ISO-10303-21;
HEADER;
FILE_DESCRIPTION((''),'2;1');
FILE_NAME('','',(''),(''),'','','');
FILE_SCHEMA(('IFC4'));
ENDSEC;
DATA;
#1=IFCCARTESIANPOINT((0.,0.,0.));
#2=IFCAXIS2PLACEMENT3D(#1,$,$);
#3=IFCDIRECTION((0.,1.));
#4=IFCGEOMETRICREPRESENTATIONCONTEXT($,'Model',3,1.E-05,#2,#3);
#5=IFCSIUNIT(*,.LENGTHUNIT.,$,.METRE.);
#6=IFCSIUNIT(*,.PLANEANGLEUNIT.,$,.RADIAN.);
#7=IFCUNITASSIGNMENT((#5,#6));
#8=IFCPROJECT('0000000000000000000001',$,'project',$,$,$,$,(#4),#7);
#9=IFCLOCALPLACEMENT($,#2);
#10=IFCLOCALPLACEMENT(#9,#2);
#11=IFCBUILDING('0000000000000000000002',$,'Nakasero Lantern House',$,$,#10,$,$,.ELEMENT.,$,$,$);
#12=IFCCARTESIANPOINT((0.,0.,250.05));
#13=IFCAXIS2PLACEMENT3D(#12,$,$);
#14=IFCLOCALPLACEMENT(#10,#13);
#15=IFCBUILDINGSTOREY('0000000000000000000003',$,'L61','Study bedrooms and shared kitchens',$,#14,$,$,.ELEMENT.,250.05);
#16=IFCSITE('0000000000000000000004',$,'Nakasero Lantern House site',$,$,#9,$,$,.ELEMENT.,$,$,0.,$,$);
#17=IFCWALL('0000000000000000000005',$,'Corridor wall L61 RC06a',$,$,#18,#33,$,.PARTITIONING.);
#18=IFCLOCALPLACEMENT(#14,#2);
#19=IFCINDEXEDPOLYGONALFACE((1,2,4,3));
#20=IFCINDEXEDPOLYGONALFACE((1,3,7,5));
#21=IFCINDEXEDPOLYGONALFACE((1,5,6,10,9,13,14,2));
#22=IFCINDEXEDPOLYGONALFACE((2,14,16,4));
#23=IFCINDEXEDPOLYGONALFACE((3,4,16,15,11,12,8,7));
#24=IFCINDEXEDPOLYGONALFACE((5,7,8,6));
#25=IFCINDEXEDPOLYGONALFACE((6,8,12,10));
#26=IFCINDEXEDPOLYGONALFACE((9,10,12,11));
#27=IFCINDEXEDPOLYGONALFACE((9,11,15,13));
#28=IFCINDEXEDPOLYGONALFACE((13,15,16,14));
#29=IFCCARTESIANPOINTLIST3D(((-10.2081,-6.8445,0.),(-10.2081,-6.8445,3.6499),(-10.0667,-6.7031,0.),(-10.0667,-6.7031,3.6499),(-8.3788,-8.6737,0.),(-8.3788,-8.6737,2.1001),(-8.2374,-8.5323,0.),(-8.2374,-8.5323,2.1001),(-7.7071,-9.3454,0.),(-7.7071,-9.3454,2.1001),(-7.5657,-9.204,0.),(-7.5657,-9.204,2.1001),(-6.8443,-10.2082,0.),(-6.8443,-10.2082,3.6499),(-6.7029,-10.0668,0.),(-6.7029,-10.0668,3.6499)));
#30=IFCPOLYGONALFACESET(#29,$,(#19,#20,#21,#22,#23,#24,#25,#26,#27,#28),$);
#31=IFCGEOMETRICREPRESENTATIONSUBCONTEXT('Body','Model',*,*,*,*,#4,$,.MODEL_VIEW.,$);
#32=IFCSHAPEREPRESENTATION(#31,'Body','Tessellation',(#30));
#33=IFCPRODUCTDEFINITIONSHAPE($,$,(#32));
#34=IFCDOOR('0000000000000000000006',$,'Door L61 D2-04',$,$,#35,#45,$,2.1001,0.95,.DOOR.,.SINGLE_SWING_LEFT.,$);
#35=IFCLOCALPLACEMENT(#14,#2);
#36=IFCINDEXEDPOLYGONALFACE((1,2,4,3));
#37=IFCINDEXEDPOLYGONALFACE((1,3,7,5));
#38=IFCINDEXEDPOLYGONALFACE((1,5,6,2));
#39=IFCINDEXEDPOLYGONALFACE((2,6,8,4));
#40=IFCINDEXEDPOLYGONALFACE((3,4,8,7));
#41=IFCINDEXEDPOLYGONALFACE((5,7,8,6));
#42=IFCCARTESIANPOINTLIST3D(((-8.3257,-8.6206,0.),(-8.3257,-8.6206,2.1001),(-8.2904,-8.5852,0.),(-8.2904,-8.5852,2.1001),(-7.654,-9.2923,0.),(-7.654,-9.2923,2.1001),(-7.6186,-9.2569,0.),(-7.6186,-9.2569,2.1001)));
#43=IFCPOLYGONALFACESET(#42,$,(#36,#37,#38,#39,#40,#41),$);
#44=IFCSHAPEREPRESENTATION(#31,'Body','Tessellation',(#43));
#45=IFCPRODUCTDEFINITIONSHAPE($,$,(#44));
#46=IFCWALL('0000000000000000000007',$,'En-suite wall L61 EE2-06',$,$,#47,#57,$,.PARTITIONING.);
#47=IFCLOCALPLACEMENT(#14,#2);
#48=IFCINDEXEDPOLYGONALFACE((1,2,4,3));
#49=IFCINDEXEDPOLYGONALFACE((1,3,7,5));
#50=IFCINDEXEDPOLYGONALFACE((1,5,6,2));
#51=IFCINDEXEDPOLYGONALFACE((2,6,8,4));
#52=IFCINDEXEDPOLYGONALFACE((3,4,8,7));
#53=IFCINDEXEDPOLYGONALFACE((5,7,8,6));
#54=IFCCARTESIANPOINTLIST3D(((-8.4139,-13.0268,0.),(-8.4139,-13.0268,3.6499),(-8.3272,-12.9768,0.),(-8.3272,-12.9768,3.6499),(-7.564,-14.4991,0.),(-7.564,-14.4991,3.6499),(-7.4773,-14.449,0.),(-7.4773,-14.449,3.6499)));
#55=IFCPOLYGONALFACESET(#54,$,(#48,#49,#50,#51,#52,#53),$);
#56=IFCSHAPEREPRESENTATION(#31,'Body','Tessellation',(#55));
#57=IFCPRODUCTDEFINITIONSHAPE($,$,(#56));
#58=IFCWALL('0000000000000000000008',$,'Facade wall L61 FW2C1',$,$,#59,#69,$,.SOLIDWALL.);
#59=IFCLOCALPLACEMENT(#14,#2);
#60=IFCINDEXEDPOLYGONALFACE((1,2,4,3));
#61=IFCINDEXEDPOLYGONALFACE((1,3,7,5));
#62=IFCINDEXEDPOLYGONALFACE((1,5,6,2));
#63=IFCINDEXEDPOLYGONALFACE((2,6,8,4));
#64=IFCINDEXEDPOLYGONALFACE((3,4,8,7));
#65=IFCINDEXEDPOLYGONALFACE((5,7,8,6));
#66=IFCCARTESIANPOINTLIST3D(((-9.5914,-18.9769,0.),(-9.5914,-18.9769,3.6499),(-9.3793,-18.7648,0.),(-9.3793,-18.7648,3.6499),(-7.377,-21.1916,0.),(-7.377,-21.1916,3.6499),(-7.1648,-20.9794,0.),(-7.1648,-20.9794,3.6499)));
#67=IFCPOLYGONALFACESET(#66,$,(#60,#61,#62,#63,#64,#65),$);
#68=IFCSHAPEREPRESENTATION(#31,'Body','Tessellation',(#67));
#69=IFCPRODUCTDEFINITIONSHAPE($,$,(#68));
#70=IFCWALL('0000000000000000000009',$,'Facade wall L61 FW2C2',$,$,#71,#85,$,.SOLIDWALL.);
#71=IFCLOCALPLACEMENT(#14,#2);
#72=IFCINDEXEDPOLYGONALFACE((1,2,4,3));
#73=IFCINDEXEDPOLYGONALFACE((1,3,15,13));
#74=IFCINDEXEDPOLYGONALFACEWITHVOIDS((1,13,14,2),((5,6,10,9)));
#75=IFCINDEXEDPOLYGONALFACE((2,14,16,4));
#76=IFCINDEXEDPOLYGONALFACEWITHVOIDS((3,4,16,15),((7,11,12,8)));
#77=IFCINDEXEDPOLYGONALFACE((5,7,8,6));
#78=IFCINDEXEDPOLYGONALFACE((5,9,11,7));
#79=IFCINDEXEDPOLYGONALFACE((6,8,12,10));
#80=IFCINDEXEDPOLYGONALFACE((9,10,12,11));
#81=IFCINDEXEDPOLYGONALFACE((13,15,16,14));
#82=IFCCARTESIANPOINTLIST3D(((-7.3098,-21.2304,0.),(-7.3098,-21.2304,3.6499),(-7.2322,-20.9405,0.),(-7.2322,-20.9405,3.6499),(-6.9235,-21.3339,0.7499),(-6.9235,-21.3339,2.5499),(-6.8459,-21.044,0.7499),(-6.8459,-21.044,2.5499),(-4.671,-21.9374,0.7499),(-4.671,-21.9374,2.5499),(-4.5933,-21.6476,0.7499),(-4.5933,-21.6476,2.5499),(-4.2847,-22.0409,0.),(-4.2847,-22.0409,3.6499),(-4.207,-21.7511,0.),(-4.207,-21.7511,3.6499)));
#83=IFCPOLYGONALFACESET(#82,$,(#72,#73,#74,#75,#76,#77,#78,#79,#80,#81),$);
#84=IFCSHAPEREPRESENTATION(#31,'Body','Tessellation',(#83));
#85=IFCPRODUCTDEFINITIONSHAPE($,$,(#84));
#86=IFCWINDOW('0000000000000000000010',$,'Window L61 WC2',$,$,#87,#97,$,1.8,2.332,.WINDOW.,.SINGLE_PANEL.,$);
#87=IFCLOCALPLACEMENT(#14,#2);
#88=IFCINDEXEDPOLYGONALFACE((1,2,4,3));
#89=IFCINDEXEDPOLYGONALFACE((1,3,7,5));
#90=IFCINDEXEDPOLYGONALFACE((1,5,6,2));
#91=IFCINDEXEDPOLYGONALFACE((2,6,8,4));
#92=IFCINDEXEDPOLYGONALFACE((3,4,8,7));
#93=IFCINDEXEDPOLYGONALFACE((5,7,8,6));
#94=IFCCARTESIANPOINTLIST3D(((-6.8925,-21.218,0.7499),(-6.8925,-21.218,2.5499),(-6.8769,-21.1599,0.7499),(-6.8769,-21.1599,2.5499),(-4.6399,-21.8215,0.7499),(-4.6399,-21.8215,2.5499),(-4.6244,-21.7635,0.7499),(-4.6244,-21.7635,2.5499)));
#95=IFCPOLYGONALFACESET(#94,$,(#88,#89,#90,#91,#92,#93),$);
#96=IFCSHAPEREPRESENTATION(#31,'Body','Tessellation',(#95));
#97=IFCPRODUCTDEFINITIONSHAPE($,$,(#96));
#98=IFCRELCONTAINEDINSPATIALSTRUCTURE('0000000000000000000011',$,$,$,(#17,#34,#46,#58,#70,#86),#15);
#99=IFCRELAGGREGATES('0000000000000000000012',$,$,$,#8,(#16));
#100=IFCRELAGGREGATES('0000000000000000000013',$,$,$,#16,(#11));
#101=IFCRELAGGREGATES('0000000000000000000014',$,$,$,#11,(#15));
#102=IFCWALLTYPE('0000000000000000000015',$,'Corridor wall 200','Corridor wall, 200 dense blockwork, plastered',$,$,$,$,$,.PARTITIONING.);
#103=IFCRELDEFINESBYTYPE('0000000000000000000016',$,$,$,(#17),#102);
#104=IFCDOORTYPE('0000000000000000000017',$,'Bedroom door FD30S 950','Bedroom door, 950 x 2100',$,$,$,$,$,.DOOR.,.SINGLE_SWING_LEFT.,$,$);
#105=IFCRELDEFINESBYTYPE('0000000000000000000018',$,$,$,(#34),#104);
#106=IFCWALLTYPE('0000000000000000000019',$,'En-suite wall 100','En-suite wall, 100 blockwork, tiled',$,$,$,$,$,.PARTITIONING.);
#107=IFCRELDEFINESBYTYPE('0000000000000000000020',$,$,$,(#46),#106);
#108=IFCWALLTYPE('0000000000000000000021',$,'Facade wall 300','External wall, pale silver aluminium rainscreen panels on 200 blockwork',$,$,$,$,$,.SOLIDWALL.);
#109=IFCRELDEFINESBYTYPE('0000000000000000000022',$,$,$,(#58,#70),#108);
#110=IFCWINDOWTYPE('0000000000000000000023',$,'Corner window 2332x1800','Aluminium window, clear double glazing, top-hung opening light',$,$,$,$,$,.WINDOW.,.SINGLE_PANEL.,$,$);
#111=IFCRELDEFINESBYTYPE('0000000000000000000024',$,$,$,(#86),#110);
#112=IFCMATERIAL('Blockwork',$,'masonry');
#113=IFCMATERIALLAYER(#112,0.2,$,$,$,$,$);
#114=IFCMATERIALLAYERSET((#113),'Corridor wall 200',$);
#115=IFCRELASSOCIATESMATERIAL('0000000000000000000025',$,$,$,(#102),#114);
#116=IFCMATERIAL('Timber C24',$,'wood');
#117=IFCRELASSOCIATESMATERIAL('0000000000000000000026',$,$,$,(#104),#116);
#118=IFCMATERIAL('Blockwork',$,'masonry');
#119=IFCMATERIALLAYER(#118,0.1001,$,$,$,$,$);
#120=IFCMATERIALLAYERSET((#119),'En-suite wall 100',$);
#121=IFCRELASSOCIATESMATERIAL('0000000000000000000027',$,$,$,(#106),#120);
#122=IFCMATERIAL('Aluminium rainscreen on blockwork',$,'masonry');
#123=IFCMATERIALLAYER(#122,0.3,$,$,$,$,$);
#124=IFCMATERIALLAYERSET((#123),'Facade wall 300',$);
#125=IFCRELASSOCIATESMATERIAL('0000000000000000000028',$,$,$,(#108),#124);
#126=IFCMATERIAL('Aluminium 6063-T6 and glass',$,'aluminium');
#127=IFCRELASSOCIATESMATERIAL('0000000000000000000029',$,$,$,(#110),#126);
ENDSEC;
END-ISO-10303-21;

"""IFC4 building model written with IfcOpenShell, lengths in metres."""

from ifc_helpers import new_model, si_unit, direction, frame, frame_2d, origin, place, context, subcontext, project, spatial, rectangle, extrude, material, layer, layer_set, type_object, element, fill, save


model = new_model("IFC4")

# Units and contexts
model_context = context("Model", 3, precision=1e-05, world=origin(), true_north=direction((0.0, 1.0)))
body_context = subcontext(model_context, "Body", "Model", "MODEL_VIEW")
ifc_project = project(units=[si_unit("LENGTHUNIT", "METRE"), si_unit("PLANEANGLEUNIT", "RADIAN")], contexts=[model_context])

# Site, building, storey
site_placement = place(None, origin())
site = spatial("IfcSite", under=ifc_project, at=site_placement, Name="Nakasero Lantern House site", CompositionType="ELEMENT", RefElevation=0.0)
building_placement = place(site_placement, origin())
building = spatial("IfcBuilding", under=site, at=building_placement, Name="Nakasero Lantern House", CompositionType="ELEMENT")
storey_placement = place(building_placement, frame((0.0, 0.0, 250.05)))
storey = spatial("IfcBuildingStorey", under=building, at=storey_placement, Name="L61", Description="Study bedrooms and shared kitchens", CompositionType="ELEMENT", Elevation=250.05)

# Wall, opening, door
ifc_material_1 = material(Name="Blockwork", Category="masonry")
ifc_layer_1 = layer(ifc_material_1, 0.2)
ifc_layer_set_1 = layer_set([ifc_layer_1], Name="Corridor wall 200")
wall_type_1 = type_object("IfcWallType", Name="Corridor wall 200", Description="Corridor wall, 200 dense blockwork, plastered", PredefinedType="PARTITIONING", material=ifc_layer_set_1)
wall_1_placement = place(storey_placement, frame((-6.7737, -10.1375, 0.0), z_axis=(0.0, 0.0, 1.0), x_axis=(-0.707107, 0.707107, 0.0)))
wall_1 = element("IfcWall", 1, at=wall_1_placement, inside=storey, type_object=wall_type_1, Name="Corridor wall L61 RC06a", PredefinedType="PARTITIONING", context=body_context, shape_type="SweptSolid", body=[
    extrude(rectangle(XDim=4.7571, YDim=0.2, at=frame_2d((2.3784, 0.0))), origin(), (0.0, 0.0, 1.0), 3.6499),
])
opening_1_placement = place(wall_1_placement, frame((1.22, 0.0, 0.0)))
opening_1 = element("IfcOpeningElement", 2, at=opening_1_placement, cuts=wall_1, PredefinedType="OPENING", context=body_context, shape_type="SweptSolid", body=[
    extrude(rectangle(XDim=0.95, YDim=2.1001, at=frame_2d((0.4751, 1.05))), frame((0.0, 0.1199, 0.0), z_axis=(0.0, -1.0, 0.0), x_axis=(1.0, 0.0, 0.0)), (0.0, 0.0, 1.0), 0.24),
])
ifc_material_2 = material(Name="Timber C24", Category="wood")
door_type = type_object("IfcDoorType", Name="Bedroom door FD30S 950", Description="Bedroom door, 950 x 2100", OperationType="SINGLE_SWING_LEFT", PredefinedType="DOOR", material=ifc_material_2)
door_placement = place(opening_1_placement, origin())
door = element("IfcDoor", 3, at=door_placement, inside=storey, type_object=door_type, Name="Door L61 D2-04", OperationType="SINGLE_SWING_LEFT", OverallHeight=2.1001, OverallWidth=0.95, PredefinedType="DOOR", context=body_context, shape_type="SweptSolid", body=[
    extrude(rectangle(XDim=0.95, YDim=2.1001, at=frame_2d((0.4751, 1.05))), frame((0.0, 0.0249, 0.0), z_axis=(0.0, -1.0, 0.0), x_axis=(1.0, 0.0, 0.0)), (0.0, 0.0, 1.0), 0.05),
])
fill(opening_1, door)

# Walls
ifc_material_3 = material(Name="Blockwork", Category="masonry")
ifc_layer_2 = layer(ifc_material_3, 0.1001)
ifc_layer_set_2 = layer_set([ifc_layer_2], Name="En-suite wall 100")
wall_type_2 = type_object("IfcWallType", Name="En-suite wall 100", Description="En-suite wall, 100 blockwork, tiled", PredefinedType="PARTITIONING", material=ifc_layer_set_2)
wall_2_placement = place(storey_placement, frame((-8.3706, -13.0017, 0.0), z_axis=(0.0, 0.0, 1.0), x_axis=(0.499955, -0.866052, 0.0)))
element("IfcWall", 4, at=wall_2_placement, inside=storey, type_object=wall_type_2, Name="En-suite wall L61 EE2-06", PredefinedType="PARTITIONING", context=body_context, shape_type="SweptSolid", body=[
    extrude(rectangle(XDim=1.7, YDim=0.1001, at=frame_2d((0.8501, 0.0))), origin(), (0.0, 0.0, 1.0), 3.6499),
])
ifc_material_4 = material(Name="Aluminium rainscreen on blockwork", Category="masonry")
ifc_layer_3 = layer(ifc_material_4, 0.3)
ifc_layer_set_3 = layer_set([ifc_layer_3], Name="Facade wall 300")
wall_type_3 = type_object("IfcWallType", Name="Facade wall 300", Description="External wall, pale silver aluminium rainscreen panels on 200 blockwork", PredefinedType="SOLIDWALL", material=ifc_layer_set_3)
wall_3_placement = place(storey_placement, frame((-9.4854, -18.8708, 0.0), z_axis=(0.0, 0.0, 1.0), x_axis=(0.707068, -0.707146, 0.0)))
element("IfcWall", 5, at=wall_3_placement, inside=storey, type_object=wall_type_3, Name="Facade wall L61 FW2C1", PredefinedType="SOLIDWALL", context=body_context, shape_type="SweptSolid", body=[
    extrude(rectangle(XDim=3.1318, YDim=0.3, at=frame_2d((1.5659, 0.0))), origin(), (0.0, 0.0, 1.0), 3.6499),
])

# Wall, opening, window
wall_4_placement = place(storey_placement, frame((-7.271, -21.0854, 0.0), z_axis=(0.0, 0.0, 1.0), x_axis=(0.965929, -0.258808, 0.0)))
wall_4 = element("IfcWall", 6, at=wall_4_placement, inside=storey, type_object=wall_type_3, Name="Facade wall L61 FW2C2", PredefinedType="SOLIDWALL", context=body_context, shape_type="SweptSolid", body=[
    extrude(rectangle(XDim=3.1318, YDim=0.3, at=frame_2d((1.5659, 0.0))), origin(), (0.0, 0.0, 1.0), 3.6499),
])
opening_2_placement = place(wall_4_placement, frame((0.3999, 0.0, 0.75)))
opening_2 = element("IfcOpeningElement", 7, at=opening_2_placement, cuts=wall_4, PredefinedType="OPENING", context=body_context, shape_type="SweptSolid", body=[
    extrude(rectangle(XDim=2.332, YDim=1.8, at=frame_2d((1.166, 0.8999))), frame((0.0, 0.1699, 0.0), z_axis=(0.0, -1.0, 0.0), x_axis=(1.0, 0.0, 0.0)), (0.0, 0.0, 1.0), 0.3401),
])
ifc_material_5 = material(Name="Aluminium 6063-T6 and glass", Category="aluminium")
window_type = type_object("IfcWindowType", Name="Corner window 2332x1800", Description="Aluminium window, clear double glazing, top-hung opening light", PartitioningType="SINGLE_PANEL", PredefinedType="WINDOW", material=ifc_material_5)
window_placement = place(opening_2_placement, origin())
window = element("IfcWindow", 8, at=window_placement, inside=storey, type_object=window_type, Name="Window L61 WC2", OverallHeight=1.8, OverallWidth=2.332, PartitioningType="SINGLE_PANEL", PredefinedType="WINDOW", context=body_context, shape_type="SweptSolid", body=[
    extrude(rectangle(XDim=2.332, YDim=1.8, at=frame_2d((1.166, 0.8999))), frame((0.0, 0.03, 0.0), z_axis=(0.0, -1.0, 0.0), x_axis=(1.0, 0.0, 0.0)), (0.0, 0.0, 1.0), 0.0601),
])
fill(opening_2, window)

save(model, "model.ifc")
